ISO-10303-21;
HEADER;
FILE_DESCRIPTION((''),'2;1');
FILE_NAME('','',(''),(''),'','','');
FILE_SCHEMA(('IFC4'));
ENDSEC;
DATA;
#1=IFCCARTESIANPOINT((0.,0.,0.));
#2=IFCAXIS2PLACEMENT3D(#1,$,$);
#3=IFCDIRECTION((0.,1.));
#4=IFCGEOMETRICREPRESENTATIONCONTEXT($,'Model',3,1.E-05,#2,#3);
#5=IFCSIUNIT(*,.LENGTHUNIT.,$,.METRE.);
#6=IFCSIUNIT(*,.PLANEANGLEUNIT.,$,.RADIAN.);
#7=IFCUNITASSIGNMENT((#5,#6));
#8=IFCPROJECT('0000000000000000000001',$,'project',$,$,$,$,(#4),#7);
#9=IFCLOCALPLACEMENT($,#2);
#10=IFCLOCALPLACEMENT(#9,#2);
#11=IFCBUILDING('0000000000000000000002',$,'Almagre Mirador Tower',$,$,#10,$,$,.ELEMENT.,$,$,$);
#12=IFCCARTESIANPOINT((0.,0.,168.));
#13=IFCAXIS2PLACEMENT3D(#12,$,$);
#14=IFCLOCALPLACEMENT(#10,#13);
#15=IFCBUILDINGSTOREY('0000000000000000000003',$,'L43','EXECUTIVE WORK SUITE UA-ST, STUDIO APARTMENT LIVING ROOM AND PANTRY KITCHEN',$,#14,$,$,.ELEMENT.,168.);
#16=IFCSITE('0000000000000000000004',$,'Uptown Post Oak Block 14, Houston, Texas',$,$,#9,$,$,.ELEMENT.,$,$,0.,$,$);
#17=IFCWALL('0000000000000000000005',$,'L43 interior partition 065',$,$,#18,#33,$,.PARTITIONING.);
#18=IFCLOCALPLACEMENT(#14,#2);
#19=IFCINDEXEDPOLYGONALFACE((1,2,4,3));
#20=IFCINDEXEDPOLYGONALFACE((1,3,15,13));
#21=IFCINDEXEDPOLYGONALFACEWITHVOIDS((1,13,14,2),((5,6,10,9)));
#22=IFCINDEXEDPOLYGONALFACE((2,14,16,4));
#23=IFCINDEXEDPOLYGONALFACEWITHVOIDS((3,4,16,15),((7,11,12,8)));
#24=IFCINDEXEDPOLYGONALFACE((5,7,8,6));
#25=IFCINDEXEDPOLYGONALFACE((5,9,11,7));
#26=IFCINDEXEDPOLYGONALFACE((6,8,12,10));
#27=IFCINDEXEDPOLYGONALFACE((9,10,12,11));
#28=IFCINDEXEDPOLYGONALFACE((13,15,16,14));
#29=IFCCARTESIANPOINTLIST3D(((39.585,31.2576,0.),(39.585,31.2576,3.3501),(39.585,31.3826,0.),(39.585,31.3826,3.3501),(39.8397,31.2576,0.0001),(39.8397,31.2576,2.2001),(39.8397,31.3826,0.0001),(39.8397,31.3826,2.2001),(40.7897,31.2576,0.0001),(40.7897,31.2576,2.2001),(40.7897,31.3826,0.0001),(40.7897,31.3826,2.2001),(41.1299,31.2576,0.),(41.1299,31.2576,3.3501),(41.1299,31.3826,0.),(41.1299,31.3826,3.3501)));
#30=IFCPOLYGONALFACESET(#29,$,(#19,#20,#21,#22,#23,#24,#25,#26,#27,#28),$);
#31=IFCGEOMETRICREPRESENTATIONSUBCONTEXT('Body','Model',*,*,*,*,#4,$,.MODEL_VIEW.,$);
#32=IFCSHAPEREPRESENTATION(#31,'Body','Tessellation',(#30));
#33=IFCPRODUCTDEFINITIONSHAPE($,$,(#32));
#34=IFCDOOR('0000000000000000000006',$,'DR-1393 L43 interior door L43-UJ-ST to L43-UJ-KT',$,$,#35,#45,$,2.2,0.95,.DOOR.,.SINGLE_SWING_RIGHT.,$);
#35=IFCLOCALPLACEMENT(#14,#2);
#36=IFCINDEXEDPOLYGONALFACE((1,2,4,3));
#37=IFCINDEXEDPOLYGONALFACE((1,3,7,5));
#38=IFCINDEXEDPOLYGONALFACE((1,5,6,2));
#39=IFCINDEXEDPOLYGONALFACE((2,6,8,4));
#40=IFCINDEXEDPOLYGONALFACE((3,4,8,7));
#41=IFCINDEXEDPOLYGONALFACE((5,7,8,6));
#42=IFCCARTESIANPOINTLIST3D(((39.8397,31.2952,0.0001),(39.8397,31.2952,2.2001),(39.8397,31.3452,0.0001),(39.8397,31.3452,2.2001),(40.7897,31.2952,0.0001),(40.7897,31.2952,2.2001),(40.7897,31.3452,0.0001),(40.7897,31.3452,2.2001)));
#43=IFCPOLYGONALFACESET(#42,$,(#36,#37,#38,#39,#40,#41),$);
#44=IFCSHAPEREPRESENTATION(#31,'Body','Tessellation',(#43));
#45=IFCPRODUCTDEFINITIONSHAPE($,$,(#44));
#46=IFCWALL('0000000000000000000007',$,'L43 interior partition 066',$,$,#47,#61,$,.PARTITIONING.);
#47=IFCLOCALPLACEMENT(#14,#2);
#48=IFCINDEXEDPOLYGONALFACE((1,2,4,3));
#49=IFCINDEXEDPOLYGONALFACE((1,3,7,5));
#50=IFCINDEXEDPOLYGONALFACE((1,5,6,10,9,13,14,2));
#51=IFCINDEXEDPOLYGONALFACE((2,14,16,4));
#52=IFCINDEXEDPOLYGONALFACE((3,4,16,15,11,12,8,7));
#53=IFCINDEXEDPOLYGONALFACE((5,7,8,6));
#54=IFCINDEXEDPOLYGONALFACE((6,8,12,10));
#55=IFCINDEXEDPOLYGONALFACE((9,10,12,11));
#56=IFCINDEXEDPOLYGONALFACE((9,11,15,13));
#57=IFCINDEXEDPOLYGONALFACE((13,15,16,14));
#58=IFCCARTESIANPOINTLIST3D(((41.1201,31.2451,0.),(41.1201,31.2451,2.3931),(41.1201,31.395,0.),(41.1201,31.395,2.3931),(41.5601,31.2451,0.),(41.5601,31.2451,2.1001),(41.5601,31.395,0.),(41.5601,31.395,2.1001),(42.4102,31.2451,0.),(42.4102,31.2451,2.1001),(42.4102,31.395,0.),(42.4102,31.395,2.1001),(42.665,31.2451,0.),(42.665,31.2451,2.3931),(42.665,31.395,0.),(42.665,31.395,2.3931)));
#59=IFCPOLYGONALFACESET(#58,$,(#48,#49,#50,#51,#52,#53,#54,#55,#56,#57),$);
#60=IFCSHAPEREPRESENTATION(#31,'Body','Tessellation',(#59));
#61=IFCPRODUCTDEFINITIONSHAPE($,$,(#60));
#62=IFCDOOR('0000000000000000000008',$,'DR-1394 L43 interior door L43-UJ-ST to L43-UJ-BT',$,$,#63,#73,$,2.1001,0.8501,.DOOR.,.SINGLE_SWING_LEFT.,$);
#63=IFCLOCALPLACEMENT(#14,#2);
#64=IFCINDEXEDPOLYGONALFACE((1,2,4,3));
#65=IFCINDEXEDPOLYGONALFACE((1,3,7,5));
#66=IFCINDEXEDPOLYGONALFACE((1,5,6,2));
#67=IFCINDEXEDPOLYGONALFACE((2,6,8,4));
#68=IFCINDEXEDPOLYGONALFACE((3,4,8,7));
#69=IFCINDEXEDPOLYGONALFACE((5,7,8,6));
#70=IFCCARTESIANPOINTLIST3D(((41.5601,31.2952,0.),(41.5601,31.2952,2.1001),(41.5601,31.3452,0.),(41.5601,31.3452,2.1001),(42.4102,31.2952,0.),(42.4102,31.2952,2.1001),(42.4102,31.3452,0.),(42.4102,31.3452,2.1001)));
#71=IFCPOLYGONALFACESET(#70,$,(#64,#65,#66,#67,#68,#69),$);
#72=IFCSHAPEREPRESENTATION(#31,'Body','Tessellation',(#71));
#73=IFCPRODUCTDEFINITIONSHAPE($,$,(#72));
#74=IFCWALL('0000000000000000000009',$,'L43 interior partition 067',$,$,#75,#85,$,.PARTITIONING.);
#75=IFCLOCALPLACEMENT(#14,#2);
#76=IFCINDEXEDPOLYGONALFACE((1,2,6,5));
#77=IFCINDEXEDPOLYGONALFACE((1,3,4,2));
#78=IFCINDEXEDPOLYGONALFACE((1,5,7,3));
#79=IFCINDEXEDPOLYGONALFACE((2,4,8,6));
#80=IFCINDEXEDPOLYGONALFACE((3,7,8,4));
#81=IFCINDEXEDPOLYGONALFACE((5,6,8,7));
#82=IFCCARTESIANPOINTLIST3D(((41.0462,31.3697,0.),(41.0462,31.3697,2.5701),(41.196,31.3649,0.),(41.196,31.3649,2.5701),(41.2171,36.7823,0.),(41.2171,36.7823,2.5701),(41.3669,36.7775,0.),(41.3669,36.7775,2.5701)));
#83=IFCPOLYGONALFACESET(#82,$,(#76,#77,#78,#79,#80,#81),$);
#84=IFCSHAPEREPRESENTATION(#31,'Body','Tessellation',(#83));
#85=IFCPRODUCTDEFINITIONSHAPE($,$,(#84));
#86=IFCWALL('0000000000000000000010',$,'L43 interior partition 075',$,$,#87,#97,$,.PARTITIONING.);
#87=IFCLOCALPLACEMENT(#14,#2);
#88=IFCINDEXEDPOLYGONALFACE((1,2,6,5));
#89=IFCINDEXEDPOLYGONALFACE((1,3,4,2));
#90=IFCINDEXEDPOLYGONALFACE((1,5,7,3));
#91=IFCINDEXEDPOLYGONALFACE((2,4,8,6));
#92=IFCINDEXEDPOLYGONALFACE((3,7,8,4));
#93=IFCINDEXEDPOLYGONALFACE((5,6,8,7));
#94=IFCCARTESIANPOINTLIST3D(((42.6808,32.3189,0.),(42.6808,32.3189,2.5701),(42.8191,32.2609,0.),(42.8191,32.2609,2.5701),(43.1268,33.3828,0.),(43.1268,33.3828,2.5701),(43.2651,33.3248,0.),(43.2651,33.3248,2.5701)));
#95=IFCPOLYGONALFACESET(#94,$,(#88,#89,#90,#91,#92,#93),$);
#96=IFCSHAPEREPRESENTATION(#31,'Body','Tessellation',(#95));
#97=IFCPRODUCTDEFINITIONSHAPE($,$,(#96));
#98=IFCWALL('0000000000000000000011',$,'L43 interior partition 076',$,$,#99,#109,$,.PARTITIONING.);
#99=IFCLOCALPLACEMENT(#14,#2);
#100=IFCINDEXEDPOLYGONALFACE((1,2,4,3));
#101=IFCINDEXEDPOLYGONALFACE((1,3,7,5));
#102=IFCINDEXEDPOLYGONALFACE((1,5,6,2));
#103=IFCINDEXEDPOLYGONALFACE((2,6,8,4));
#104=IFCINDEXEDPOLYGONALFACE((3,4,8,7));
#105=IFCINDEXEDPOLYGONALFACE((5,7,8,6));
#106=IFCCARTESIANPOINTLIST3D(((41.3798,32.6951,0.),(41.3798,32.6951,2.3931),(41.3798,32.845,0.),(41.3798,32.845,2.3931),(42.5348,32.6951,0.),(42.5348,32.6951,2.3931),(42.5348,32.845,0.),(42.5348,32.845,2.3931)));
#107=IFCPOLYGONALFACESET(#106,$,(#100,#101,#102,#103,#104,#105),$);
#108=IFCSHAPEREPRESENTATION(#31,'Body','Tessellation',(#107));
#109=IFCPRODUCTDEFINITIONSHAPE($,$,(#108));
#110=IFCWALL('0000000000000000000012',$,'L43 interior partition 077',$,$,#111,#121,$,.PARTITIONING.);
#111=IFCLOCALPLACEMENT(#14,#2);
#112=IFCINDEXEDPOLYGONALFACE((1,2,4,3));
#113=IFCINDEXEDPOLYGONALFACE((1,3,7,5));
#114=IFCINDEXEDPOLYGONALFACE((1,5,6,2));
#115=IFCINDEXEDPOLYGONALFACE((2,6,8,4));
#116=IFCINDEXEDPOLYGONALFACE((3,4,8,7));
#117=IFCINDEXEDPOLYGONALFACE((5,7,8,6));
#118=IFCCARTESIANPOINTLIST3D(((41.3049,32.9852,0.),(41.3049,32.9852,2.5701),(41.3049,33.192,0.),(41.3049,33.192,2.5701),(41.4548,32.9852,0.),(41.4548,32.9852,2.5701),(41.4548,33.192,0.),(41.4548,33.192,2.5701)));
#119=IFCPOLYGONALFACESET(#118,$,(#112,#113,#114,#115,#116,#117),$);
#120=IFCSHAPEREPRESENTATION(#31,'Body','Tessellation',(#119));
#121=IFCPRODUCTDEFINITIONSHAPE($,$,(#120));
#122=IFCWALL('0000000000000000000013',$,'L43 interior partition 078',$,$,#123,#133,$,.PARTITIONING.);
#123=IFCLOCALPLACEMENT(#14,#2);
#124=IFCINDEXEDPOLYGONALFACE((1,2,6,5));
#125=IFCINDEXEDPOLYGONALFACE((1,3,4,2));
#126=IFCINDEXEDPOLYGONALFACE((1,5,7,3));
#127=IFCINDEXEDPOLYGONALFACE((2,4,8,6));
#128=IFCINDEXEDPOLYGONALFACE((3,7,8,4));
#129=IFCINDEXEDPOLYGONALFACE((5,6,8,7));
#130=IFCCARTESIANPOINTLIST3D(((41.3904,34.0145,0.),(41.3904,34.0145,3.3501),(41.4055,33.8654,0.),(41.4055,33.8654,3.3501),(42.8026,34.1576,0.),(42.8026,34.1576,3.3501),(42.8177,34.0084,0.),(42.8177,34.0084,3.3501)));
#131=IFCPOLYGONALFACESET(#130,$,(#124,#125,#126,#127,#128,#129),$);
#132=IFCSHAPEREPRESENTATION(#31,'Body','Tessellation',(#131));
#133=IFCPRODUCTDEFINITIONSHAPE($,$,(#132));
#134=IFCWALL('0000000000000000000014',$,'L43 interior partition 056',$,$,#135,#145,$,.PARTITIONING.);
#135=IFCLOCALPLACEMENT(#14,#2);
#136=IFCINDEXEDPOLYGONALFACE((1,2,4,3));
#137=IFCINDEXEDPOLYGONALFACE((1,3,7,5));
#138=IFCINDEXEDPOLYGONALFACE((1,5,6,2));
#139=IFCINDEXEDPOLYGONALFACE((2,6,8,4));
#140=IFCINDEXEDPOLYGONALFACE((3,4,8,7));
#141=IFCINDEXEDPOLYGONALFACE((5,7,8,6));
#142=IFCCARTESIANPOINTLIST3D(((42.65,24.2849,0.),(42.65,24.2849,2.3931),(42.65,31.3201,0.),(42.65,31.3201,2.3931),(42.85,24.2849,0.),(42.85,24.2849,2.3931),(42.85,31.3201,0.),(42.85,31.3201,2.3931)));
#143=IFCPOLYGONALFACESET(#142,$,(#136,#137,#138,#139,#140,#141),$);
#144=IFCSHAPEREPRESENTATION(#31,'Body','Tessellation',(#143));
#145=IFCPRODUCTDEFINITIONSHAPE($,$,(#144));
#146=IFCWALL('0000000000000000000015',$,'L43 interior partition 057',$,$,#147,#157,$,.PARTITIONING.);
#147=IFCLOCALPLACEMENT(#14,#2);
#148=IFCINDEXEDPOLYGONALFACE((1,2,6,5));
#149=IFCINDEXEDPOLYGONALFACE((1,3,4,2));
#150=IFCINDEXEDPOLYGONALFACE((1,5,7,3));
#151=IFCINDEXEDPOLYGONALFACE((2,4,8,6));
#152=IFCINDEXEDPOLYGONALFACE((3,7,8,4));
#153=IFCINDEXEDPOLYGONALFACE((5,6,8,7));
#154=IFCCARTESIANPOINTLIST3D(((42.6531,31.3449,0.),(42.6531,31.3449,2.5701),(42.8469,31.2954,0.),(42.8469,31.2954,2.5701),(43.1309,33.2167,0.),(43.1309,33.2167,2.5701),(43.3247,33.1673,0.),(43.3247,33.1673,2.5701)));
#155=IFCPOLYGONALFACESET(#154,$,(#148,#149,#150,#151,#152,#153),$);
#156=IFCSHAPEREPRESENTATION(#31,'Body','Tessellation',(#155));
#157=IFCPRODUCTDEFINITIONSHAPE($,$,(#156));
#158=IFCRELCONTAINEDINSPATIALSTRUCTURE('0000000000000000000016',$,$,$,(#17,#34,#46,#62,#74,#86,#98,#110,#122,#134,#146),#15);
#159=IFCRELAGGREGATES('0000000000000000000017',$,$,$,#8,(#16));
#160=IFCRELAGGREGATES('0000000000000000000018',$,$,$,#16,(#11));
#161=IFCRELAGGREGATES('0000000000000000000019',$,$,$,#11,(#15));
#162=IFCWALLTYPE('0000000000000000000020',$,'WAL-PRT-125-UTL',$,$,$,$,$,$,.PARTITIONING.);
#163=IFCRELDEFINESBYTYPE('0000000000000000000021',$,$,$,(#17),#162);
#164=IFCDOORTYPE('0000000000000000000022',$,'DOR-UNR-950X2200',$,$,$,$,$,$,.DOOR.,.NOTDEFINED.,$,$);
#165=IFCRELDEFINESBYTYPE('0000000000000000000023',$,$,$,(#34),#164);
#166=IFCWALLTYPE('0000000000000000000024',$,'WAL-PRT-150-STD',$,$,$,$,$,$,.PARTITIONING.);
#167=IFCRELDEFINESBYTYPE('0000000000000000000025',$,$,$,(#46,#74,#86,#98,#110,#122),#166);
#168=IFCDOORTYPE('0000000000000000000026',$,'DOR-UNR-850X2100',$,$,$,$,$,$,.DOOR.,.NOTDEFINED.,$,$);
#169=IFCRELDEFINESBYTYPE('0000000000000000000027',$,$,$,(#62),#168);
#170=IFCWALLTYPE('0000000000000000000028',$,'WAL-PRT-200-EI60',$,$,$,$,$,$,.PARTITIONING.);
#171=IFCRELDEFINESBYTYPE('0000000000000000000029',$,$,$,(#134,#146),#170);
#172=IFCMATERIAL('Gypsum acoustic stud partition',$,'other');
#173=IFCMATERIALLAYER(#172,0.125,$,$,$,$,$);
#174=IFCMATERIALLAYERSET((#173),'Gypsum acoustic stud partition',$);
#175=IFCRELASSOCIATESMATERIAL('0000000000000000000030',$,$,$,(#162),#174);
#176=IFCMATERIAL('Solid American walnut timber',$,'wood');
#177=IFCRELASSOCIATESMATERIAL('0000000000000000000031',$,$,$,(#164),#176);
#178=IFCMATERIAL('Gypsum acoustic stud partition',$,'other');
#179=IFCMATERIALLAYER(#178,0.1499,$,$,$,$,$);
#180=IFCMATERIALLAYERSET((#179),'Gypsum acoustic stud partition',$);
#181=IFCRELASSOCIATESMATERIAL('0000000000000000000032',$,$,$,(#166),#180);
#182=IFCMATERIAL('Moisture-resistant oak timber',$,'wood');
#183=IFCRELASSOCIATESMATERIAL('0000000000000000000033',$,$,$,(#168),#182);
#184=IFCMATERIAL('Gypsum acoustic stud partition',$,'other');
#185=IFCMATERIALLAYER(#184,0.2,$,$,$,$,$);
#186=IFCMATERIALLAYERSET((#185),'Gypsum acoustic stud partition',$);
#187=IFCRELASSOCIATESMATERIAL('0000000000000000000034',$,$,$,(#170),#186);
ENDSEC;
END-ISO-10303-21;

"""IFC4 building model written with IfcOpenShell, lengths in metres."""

from ifc_helpers import new_model, si_unit, direction, frame, frame_2d, origin, place, context, subcontext, project, spatial, rectangle, extrude, material, layer, layer_set, type_object, element, fill, save


model = new_model("IFC4")

# Units and contexts
model_context = context("Model", 3, precision=1e-05, world=origin(), true_north=direction((0.0, 1.0)))
body_context = subcontext(model_context, "Body", "Model", "MODEL_VIEW")
ifc_project = project(units=[si_unit("LENGTHUNIT", "METRE"), si_unit("PLANEANGLEUNIT", "RADIAN")], contexts=[model_context])

# Site, building, storey
site_placement = place(None, origin())
site = spatial("IfcSite", under=ifc_project, at=site_placement, Name="Uptown Post Oak Block 14, Houston, Texas", CompositionType="ELEMENT", RefElevation=0.0)
building_placement = place(site_placement, origin())
building = spatial("IfcBuilding", under=site, at=building_placement, Name="Almagre Mirador Tower", CompositionType="ELEMENT")
storey_placement = place(building_placement, frame((0.0, 0.0, 168.0)))
storey = spatial("IfcBuildingStorey", under=building, at=storey_placement, Name="L43", Description="EXECUTIVE WORK SUITE UA-ST, STUDIO APARTMENT LIVING ROOM AND PANTRY KITCHEN", CompositionType="ELEMENT", Elevation=168.0)

# Walls, openings, doors
ifc_material_1 = material(Name="Gypsum acoustic stud partition", Category="other")
ifc_layer_1 = layer(ifc_material_1, 0.125)
ifc_layer_set_1 = layer_set([ifc_layer_1], Name="Gypsum acoustic stud partition")
wall_type_1 = type_object("IfcWallType", Name="WAL-PRT-125-UTL", PredefinedType="PARTITIONING", material=ifc_layer_set_1)
wall_1_placement = place(storey_placement, frame((41.1299, 31.3201, 0.0), z_axis=(0.0, 0.0, 1.0), x_axis=(-1.0, 0.0, 0.0)))
wall_1 = element("IfcWall", 1, at=wall_1_placement, inside=storey, type_object=wall_type_1, Name="L43 interior partition 065", PredefinedType="PARTITIONING", context=body_context, shape_type="SweptSolid", body=[
    extrude(rectangle(XDim=1.5449, YDim=0.125, at=frame_2d((0.7725, 0.0))), origin(), (0.0, 0.0, 1.0), 3.3501),
])
opening_1_placement = place(wall_1_placement, frame((0.3401, 0.0, 0.0)))
opening_1 = element("IfcOpeningElement", 2, at=opening_1_placement, cuts=wall_1, PredefinedType="OPENING", context=body_context, shape_type="SweptSolid", body=[
    extrude(rectangle(XDim=0.95, YDim=2.2, at=frame_2d((0.4751, 1.1001))), frame((0.0, 0.0725, 0.0), z_axis=(0.0, -1.0, 0.0), x_axis=(1.0, 0.0, 0.0)), (0.0, 0.0, 1.0), 0.145),
])
ifc_material_2 = material(Name="Solid American walnut timber", Category="wood")
door_type_1 = type_object("IfcDoorType", Name="DOR-UNR-950X2200", OperationType="NOTDEFINED", PredefinedType="DOOR", material=ifc_material_2)
door_1_placement = place(opening_1_placement, origin())
door_1 = element("IfcDoor", 3, at=door_1_placement, inside=storey, type_object=door_type_1, Name="DR-1393 L43 interior door L43-UJ-ST to L43-UJ-KT", OperationType="SINGLE_SWING_RIGHT", OverallHeight=2.2, OverallWidth=0.95, PredefinedType="DOOR", context=body_context, shape_type="SweptSolid", body=[
    extrude(rectangle(XDim=0.95, YDim=2.2, at=frame_2d((0.4751, 1.1001))), frame((0.0, 0.0249, 0.0), z_axis=(0.0, -1.0, 0.0), x_axis=(1.0, 0.0, 0.0)), (0.0, 0.0, 1.0), 0.05),
])
fill(opening_1, door_1)
ifc_material_3 = material(Name="Gypsum acoustic stud partition", Category="other")
ifc_layer_2 = layer(ifc_material_3, 0.1499)
ifc_layer_set_2 = layer_set([ifc_layer_2], Name="Gypsum acoustic stud partition")
wall_type_2 = type_object("IfcWallType", Name="WAL-PRT-150-STD", PredefinedType="PARTITIONING", material=ifc_layer_set_2)
wall_2_placement = place(storey_placement, frame((42.665, 31.3201, 0.0), z_axis=(0.0, 0.0, 1.0), x_axis=(-1.0, 0.0, 0.0)))
wall_2 = element("IfcWall", 4, at=wall_2_placement, inside=storey, type_object=wall_type_2, Name="L43 interior partition 066", PredefinedType="PARTITIONING", context=body_context, shape_type="SweptSolid", body=[
    extrude(rectangle(XDim=1.5449, YDim=0.1499, at=frame_2d((0.7725, 0.0))), origin(), (0.0, 0.0, 1.0), 2.3931),
])
opening_2_placement = place(wall_2_placement, frame((0.2549, 0.0, 0.0)))
opening_2 = element("IfcOpeningElement", 5, at=opening_2_placement, cuts=wall_2, PredefinedType="OPENING", context=body_context, shape_type="SweptSolid", body=[
    extrude(rectangle(XDim=0.8501, YDim=2.1001, at=frame_2d((0.425, 1.05))), frame((0.0, 0.085, 0.0), z_axis=(0.0, -1.0, 0.0), x_axis=(1.0, 0.0, 0.0)), (0.0, 0.0, 1.0), 0.1699),
])
ifc_material_4 = material(Name="Moisture-resistant oak timber", Category="wood")
door_type_2 = type_object("IfcDoorType", Name="DOR-UNR-850X2100", OperationType="NOTDEFINED", PredefinedType="DOOR", material=ifc_material_4)
door_2_placement = place(opening_2_placement, origin())
door_2 = element("IfcDoor", 6, at=door_2_placement, inside=storey, type_object=door_type_2, Name="DR-1394 L43 interior door L43-UJ-ST to L43-UJ-BT", OperationType="SINGLE_SWING_LEFT", OverallHeight=2.1001, OverallWidth=0.8501, PredefinedType="DOOR", context=body_context, shape_type="SweptSolid", body=[
    extrude(rectangle(XDim=0.8501, YDim=2.1001, at=frame_2d((0.425, 1.05))), frame((0.0, 0.0249, 0.0), z_axis=(0.0, -1.0, 0.0), x_axis=(1.0, 0.0, 0.0)), (0.0, 0.0, 1.0), 0.05),
])
fill(opening_2, door_2)

# Walls
wall_3_placement = place(storey_placement, frame((41.1211, 31.3674, 0.0), z_axis=(0.0, 0.0, 1.0), x_axis=(0.031558, 0.999502, 0.0)))
element("IfcWall", 7, at=wall_3_placement, inside=storey, type_object=wall_type_2, Name="L43 interior partition 067", PredefinedType="PARTITIONING", context=body_context, shape_type="SweptSolid", body=[
    extrude(rectangle(XDim=5.4153, YDim=0.1499, at=frame_2d((2.7075, 0.0))), origin(), (0.0, 0.0, 1.0), 2.5701),
])
wall_4_placement = place(storey_placement, frame((42.75, 32.29, 0.0), z_axis=(0.0, 0.0, 1.0), x_axis=(0.386628, 0.922236, 0.0)))
element("IfcWall", 8, at=wall_4_placement, inside=storey, type_object=wall_type_2, Name="L43 interior partition 075", PredefinedType="PARTITIONING", context=body_context, shape_type="SweptSolid", body=[
    extrude(rectangle(XDim=1.1536, YDim=0.1499, at=frame_2d((0.5767, 0.0))), origin(), (0.0, 0.0, 1.0), 2.5701),
])
wall_5_placement = place(storey_placement, frame((42.5349, 32.77, 0.0), z_axis=(0.0, 0.0, 1.0), x_axis=(-1.0, 0.0, 0.0)))
element("IfcWall", 9, at=wall_5_placement, inside=storey, type_object=wall_type_2, Name="L43 interior partition 076", PredefinedType="PARTITIONING", context=body_context, shape_type="SweptSolid", body=[
    extrude(rectangle(XDim=1.155, YDim=0.1499, at=frame_2d((0.5776, 0.0))), origin(), (0.0, 0.0, 1.0), 2.3931),
])
wall_6_placement = place(storey_placement, frame((41.3799, 32.9851, 0.0), z_axis=(0.0, 0.0, 1.0), x_axis=(0.0, 1.0, 0.0)))
element("IfcWall", 10, at=wall_6_placement, inside=storey, type_object=wall_type_2, Name="L43 interior partition 077", PredefinedType="PARTITIONING", context=body_context, shape_type="SweptSolid", body=[
    extrude(rectangle(XDim=0.2068, YDim=0.1499, at=frame_2d((0.1035, 0.0))), origin(), (0.0, 0.0, 1.0), 2.5701),
])
wall_7_placement = place(storey_placement, frame((41.3979, 33.9399, 0.0), z_axis=(0.0, 0.0, 1.0), x_axis=(0.994907, 0.100798, 0.0)))
element("IfcWall", 11, at=wall_7_placement, inside=storey, type_object=wall_type_2, Name="L43 interior partition 078", PredefinedType="PARTITIONING", context=body_context, shape_type="SweptSolid", body=[
    extrude(rectangle(XDim=1.4194, YDim=0.1499, at=frame_2d((0.7097, 0.0))), origin(), (0.0, 0.0, 1.0), 3.3501),
])
ifc_material_5 = material(Name="Gypsum acoustic stud partition", Category="other")
ifc_layer_3 = layer(ifc_material_5, 0.2)
ifc_layer_set_3 = layer_set([ifc_layer_3], Name="Gypsum acoustic stud partition")
wall_type_3 = type_object("IfcWallType", Name="WAL-PRT-200-EI60", PredefinedType="PARTITIONING", material=ifc_layer_set_3)
wall_8_placement = place(storey_placement, frame((42.75, 31.3201, 0.0), z_axis=(0.0, 0.0, 1.0), x_axis=(0.0, -1.0, 0.0)))
element("IfcWall", 12, at=wall_8_placement, inside=storey, type_object=wall_type_3, Name="L43 interior partition 056", PredefinedType="PARTITIONING", context=body_context, shape_type="SweptSolid", body=[
    extrude(rectangle(XDim=7.0352, YDim=0.2, at=frame_2d((3.5176, 0.0))), origin(), (0.0, 0.0, 1.0), 2.3931),
])
wall_9_placement = place(storey_placement, frame((43.2278, 33.1919, 0.0), z_axis=(0.0, 0.0, 1.0), x_axis=(-0.24732, -0.968934, 0.0)))
element("IfcWall", 13, at=wall_9_placement, inside=storey, type_object=wall_type_3, Name="L43 interior partition 057", PredefinedType="PARTITIONING", context=body_context, shape_type="SweptSolid", body=[
    extrude(rectangle(XDim=1.9319, YDim=0.2, at=frame_2d((0.9658, 0.0))), origin(), (0.0, 0.0, 1.0), 2.5701),
])

save(model, "model.ifc")
